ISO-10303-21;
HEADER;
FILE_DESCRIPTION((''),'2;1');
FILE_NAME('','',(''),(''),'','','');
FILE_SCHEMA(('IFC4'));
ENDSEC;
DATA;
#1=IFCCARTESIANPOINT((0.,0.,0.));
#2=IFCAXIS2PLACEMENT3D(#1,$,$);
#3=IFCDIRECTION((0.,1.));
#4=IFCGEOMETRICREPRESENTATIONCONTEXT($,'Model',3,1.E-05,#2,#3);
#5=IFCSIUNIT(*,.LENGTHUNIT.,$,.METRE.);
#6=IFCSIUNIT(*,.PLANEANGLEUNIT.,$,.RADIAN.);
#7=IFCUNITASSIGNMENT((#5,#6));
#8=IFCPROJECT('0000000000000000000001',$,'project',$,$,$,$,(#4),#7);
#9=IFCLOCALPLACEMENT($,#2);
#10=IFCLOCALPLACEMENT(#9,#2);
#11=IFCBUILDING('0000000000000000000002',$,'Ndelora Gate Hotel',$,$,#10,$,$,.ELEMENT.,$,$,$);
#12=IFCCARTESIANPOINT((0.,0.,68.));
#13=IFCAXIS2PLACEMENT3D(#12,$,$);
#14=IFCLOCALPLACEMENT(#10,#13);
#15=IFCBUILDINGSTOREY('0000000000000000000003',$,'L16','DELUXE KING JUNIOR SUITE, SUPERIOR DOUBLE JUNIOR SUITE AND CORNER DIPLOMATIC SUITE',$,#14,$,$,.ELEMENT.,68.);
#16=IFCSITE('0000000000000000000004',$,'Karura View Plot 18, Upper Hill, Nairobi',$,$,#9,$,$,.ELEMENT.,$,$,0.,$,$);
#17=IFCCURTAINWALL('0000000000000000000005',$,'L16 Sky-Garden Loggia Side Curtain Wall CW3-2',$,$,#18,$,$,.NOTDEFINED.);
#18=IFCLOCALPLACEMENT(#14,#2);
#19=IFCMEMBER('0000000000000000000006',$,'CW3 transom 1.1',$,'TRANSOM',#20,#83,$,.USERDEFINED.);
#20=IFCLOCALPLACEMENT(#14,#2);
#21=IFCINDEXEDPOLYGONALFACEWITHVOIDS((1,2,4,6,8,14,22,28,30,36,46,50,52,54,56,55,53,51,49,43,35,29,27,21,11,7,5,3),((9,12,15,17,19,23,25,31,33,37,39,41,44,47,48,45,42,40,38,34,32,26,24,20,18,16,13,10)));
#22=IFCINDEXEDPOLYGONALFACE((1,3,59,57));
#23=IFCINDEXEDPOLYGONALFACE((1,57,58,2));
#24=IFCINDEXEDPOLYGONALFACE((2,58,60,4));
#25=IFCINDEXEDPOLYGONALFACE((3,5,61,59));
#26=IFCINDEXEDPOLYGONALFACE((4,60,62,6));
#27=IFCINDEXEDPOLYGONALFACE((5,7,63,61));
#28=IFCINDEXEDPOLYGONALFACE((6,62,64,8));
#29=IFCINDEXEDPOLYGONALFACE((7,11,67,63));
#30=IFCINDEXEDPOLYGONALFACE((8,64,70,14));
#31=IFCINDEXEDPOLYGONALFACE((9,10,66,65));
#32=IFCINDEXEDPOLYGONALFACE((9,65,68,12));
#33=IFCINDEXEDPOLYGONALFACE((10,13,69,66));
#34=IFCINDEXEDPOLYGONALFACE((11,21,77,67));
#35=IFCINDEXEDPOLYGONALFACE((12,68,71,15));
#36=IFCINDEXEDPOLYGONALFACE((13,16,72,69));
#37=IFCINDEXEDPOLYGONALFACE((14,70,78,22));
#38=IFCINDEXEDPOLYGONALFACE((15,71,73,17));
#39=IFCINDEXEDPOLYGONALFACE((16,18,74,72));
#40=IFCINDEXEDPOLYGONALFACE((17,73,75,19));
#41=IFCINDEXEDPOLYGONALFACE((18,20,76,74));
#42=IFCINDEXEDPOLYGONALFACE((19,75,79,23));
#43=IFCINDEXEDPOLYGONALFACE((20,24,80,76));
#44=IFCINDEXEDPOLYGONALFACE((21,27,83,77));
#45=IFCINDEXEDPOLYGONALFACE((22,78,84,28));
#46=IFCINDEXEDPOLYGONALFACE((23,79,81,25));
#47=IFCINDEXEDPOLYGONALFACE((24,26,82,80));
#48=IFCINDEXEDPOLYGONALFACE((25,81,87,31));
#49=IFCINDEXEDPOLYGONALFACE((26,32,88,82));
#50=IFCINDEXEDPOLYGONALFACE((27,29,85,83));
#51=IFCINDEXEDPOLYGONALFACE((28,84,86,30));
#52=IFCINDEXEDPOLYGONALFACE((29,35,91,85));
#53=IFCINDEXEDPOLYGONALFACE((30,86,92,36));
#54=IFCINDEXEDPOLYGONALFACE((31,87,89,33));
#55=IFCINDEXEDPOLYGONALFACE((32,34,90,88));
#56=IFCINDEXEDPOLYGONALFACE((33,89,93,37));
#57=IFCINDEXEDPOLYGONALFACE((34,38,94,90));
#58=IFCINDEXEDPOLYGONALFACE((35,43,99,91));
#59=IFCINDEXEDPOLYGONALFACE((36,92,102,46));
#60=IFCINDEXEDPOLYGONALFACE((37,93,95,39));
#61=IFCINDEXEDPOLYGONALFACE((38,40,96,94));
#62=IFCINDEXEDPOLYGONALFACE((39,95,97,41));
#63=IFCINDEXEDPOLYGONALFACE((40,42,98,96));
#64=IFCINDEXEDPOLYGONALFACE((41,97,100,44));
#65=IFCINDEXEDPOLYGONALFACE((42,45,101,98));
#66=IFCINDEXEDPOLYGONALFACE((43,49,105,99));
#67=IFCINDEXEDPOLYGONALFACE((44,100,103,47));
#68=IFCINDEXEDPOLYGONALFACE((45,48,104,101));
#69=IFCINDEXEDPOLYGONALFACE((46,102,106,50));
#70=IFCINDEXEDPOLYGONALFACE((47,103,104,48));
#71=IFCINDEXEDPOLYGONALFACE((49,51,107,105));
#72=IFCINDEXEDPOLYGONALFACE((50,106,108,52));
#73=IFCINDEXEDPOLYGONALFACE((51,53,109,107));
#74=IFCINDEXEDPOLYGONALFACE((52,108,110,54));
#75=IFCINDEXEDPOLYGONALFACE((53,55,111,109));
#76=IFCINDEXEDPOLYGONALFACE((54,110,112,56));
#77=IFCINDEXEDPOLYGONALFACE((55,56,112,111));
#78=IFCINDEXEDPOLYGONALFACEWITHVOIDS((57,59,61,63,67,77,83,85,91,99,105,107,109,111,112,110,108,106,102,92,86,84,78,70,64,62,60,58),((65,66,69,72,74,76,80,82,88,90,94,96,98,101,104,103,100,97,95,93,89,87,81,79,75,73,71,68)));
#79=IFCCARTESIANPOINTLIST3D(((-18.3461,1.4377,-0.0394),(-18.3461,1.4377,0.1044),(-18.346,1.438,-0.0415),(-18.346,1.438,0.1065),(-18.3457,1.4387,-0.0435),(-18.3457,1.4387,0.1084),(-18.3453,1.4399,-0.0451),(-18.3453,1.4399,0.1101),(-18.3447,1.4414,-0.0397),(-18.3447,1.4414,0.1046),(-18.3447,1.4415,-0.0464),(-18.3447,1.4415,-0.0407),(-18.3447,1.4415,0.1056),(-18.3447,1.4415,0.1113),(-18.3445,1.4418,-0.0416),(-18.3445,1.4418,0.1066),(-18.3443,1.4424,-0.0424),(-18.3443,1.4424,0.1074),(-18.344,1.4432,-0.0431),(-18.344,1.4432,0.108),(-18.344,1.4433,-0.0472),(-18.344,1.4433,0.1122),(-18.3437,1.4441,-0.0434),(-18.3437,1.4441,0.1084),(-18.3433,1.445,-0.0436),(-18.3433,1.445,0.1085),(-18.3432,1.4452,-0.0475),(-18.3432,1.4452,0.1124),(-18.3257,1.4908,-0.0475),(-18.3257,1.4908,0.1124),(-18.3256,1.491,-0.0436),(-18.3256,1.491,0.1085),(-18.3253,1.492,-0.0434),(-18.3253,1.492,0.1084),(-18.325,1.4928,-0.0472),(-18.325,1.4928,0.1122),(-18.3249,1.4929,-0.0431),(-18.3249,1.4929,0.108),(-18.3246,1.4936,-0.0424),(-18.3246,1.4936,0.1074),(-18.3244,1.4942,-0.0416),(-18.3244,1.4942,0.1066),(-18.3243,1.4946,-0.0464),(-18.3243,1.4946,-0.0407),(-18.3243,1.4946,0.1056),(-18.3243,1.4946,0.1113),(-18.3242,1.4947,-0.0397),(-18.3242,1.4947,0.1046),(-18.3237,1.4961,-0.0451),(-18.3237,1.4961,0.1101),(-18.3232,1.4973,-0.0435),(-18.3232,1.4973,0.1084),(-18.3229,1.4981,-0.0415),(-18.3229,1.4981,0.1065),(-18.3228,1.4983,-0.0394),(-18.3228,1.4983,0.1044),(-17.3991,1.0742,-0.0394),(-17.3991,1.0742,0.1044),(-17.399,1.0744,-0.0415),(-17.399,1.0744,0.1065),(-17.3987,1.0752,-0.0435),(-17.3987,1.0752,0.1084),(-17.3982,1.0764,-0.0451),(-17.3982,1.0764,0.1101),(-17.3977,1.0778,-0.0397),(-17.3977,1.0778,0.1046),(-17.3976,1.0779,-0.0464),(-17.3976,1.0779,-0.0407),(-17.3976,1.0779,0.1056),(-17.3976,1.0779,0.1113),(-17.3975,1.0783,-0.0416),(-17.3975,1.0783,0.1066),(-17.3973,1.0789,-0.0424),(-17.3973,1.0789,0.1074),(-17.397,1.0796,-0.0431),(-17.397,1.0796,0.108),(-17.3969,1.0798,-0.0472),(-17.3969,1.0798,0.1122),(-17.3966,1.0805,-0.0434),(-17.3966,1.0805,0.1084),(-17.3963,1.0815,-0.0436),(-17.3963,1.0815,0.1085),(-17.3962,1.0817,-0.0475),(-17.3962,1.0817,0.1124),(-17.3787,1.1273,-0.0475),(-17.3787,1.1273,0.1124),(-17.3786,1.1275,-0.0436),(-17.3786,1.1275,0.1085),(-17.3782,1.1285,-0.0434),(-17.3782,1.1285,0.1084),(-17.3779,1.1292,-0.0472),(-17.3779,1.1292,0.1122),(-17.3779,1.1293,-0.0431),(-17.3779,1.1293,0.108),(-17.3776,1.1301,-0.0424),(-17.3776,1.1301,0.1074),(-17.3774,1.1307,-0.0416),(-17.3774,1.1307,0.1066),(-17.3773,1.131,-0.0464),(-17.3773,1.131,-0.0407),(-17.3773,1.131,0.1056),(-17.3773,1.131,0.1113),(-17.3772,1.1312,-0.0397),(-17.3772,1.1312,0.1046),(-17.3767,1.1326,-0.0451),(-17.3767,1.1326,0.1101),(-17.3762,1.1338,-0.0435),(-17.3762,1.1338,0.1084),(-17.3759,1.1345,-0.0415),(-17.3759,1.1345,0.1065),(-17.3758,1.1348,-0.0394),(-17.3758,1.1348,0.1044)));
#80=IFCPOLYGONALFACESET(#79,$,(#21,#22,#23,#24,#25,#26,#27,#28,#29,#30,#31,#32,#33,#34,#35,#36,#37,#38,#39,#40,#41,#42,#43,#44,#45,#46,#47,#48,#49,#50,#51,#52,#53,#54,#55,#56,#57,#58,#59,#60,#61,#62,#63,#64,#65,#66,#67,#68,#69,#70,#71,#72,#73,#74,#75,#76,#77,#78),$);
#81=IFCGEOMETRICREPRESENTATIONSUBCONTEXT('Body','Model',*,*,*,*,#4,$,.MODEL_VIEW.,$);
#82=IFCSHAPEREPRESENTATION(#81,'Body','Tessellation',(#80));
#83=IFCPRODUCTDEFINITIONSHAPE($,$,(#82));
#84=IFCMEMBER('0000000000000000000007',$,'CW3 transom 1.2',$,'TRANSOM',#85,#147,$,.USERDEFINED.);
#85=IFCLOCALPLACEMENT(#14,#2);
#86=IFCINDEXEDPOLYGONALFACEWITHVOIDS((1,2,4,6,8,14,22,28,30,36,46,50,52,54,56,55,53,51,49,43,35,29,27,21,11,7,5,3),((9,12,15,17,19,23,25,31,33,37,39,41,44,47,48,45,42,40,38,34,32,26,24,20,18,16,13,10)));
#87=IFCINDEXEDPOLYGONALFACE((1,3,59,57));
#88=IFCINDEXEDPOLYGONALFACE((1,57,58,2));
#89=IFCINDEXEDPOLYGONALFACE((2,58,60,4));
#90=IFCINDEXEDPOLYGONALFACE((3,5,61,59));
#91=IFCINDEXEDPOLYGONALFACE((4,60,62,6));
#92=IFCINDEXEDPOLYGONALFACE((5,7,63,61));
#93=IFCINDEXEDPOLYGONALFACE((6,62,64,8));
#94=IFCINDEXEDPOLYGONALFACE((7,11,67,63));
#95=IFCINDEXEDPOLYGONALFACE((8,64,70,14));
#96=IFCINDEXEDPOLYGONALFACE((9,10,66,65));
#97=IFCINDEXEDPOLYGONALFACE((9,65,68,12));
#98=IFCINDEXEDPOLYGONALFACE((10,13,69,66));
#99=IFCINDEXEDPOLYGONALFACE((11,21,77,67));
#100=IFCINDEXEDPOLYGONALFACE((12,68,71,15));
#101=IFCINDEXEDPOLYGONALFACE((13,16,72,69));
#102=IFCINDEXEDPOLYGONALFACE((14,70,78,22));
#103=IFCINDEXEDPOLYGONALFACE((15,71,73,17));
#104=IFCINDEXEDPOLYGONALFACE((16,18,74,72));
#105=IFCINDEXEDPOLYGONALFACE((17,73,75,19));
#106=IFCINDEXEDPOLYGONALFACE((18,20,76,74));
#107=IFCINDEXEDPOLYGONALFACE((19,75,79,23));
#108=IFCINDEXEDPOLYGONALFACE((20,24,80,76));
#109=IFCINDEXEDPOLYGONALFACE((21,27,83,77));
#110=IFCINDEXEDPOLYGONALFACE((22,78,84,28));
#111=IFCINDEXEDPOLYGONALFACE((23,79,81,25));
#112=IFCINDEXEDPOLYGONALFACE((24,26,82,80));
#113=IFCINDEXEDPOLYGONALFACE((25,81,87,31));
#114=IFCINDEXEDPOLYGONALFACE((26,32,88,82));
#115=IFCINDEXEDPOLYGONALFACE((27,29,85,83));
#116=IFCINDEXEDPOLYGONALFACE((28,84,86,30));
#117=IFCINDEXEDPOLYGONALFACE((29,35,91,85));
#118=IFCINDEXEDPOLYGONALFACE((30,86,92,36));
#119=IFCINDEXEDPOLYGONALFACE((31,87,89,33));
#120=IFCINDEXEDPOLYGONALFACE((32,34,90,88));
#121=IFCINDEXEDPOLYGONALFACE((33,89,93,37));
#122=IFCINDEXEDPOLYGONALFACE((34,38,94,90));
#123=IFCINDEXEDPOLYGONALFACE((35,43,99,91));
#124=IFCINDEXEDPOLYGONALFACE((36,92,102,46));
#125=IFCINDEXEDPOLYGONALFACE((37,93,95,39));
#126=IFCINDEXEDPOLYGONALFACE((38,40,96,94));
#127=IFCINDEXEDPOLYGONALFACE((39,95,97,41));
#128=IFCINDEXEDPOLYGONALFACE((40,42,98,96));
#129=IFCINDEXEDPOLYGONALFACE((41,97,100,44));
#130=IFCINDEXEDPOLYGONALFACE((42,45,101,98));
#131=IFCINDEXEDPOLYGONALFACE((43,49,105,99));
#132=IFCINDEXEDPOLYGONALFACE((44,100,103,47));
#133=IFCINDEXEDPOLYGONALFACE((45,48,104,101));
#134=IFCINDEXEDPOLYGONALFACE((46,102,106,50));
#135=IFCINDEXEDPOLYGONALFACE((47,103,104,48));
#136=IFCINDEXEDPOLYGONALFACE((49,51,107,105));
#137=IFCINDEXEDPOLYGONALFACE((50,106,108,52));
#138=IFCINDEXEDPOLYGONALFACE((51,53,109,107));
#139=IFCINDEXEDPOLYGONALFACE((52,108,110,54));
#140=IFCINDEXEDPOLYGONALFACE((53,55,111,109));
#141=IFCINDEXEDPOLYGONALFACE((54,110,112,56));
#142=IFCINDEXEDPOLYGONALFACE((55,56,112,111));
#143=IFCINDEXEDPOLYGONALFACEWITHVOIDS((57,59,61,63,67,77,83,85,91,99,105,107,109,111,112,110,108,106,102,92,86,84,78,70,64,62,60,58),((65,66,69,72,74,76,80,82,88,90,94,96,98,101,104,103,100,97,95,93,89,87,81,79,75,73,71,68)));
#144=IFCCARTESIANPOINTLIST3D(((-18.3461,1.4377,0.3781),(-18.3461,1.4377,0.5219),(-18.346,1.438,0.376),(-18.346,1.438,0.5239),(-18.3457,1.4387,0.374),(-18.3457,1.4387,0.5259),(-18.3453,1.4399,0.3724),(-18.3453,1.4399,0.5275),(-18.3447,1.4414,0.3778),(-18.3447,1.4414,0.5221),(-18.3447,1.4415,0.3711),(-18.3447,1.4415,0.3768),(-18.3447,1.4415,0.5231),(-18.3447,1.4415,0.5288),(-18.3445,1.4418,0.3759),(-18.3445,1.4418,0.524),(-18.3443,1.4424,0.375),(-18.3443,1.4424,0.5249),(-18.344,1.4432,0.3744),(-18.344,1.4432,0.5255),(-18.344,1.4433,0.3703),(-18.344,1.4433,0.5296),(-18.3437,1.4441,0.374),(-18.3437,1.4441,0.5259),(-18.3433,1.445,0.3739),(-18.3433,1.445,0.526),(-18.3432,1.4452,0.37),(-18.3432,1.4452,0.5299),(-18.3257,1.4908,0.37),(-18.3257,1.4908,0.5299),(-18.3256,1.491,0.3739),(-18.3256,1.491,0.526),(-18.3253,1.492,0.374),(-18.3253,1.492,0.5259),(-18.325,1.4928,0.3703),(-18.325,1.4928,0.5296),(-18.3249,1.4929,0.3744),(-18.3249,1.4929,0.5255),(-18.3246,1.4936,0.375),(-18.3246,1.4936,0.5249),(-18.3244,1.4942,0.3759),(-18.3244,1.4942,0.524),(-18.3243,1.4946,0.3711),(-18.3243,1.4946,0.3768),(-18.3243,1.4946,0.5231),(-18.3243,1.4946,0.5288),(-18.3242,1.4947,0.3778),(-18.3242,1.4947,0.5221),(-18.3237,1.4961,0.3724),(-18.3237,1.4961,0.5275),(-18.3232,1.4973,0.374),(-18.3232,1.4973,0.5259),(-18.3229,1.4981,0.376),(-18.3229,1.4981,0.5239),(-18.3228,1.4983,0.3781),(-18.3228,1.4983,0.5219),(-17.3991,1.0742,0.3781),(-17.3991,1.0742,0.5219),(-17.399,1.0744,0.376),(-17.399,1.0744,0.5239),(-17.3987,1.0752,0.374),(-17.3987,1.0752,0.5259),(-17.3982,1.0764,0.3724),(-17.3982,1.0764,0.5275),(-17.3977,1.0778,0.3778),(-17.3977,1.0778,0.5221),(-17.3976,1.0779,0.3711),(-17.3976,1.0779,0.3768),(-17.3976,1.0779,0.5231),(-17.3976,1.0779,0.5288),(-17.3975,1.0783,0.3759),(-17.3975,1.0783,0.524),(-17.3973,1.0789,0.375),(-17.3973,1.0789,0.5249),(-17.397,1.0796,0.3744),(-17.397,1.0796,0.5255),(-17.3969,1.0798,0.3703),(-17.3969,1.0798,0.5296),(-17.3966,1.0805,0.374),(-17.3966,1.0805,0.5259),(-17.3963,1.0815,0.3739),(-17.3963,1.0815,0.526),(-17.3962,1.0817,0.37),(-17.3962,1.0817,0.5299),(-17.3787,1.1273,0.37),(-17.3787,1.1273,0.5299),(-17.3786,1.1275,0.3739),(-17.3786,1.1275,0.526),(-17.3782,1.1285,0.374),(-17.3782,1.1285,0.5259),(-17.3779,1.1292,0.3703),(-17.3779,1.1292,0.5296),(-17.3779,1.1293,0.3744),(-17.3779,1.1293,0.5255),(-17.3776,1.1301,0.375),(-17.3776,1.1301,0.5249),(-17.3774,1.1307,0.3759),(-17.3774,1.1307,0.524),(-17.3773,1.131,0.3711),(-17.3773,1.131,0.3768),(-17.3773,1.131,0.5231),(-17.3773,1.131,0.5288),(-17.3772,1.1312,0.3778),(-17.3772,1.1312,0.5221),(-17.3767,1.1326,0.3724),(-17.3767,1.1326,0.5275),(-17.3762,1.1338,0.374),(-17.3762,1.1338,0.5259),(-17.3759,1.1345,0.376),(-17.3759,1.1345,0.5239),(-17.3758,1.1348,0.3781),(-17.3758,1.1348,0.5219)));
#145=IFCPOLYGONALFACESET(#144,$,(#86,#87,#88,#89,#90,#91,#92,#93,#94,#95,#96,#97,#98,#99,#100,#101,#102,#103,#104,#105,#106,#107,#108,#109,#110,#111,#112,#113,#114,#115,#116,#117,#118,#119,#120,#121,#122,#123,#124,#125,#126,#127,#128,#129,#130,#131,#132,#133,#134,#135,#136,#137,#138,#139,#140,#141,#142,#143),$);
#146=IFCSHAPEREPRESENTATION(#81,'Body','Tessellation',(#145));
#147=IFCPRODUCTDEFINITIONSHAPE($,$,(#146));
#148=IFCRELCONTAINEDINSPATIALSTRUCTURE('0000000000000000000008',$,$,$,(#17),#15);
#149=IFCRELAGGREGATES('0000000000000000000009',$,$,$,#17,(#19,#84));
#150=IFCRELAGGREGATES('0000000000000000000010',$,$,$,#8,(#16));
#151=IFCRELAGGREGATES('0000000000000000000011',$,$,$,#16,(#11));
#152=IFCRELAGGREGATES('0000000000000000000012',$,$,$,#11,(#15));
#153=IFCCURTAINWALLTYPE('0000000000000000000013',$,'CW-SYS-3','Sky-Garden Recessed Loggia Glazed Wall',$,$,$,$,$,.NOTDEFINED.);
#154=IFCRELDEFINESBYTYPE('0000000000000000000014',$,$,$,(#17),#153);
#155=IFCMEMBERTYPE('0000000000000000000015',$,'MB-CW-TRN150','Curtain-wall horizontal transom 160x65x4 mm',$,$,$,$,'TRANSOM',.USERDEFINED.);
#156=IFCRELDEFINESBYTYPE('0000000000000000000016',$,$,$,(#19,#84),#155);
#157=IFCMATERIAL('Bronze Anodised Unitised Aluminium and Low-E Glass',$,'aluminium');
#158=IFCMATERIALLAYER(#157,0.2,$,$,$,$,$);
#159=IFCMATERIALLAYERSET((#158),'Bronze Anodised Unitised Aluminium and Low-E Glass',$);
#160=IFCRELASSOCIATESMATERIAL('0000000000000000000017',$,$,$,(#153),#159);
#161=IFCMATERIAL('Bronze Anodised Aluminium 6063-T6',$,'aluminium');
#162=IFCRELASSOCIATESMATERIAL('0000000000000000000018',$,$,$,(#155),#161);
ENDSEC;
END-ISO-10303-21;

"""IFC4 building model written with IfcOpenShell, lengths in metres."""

from ifc_helpers import new_model, si_unit, direction, frame, origin, origin_2d, place, context, subcontext, project, spatial, hollow_rectangle, extrude, material, layer, layer_set, material_profile, profile_set, type_object, element, aggregate, save


model = new_model("IFC4")

# Units and contexts
model_context = context("Model", 3, precision=1e-05, world=origin(), true_north=direction((0.0, 1.0)))
body_context = subcontext(model_context, "Body", "Model", "MODEL_VIEW")
ifc_project = project(units=[si_unit("LENGTHUNIT", "METRE"), si_unit("PLANEANGLEUNIT", "RADIAN")], contexts=[model_context])

# Site, building, storey
site_placement = place(None, origin())
site = spatial("IfcSite", under=ifc_project, at=site_placement, Name="Karura View Plot 18, Upper Hill, Nairobi", CompositionType="ELEMENT", RefElevation=0.0)
building_placement = place(site_placement, origin())
building = spatial("IfcBuilding", under=site, at=building_placement, Name="Ndelora Gate Hotel", CompositionType="ELEMENT")
storey_placement = place(building_placement, frame((0.0, 0.0, 68.0)))
storey = spatial("IfcBuildingStorey", under=building, at=storey_placement, Name="L16", Description="DELUXE KING JUNIOR SUITE, SUPERIOR DOUBLE JUNIOR SUITE AND CORNER DIPLOMATIC SUITE", CompositionType="ELEMENT", Elevation=68.0)

# Curtain wall, members
ifc_material_1 = material(Name="Bronze Anodised Unitised Aluminium and Low-E Glass", Category="aluminium")
ifc_layer_1 = layer(ifc_material_1, 0.2)
ifc_layer_set_1 = layer_set([ifc_layer_1], Name="Bronze Anodised Unitised Aluminium and Low-E Glass")
curtain_wall_type = type_object("IfcCurtainWallType", Name="CW-SYS-3", Description="Sky-Garden Recessed Loggia Glazed Wall", PredefinedType="NOTDEFINED", material=ifc_layer_set_1)
curtain_wall_placement = place(storey_placement, origin())
curtain_wall = element("IfcCurtainWall", 1, at=curtain_wall_placement, inside=storey, type_object=curtain_wall_type, Name="L16 Sky-Garden Loggia Side Curtain Wall CW3-2", PredefinedType="NOTDEFINED")
ifc_material_2 = material(Name="Bronze Anodised Aluminium 6063-T6", Category="aluminium")
ifc_material_profile_1 = material_profile(ifc_material_2, hollow_rectangle(XDim=0.0649, YDim=0.1599, WallThickness=0.0039, InnerFilletRadius=0.0039, OuterFilletRadius=0.0081, at=origin_2d()), Name="ALU 160x65x4")
ifc_profile_set_1 = profile_set([ifc_material_profile_1], Name="Bronze Anodised Aluminium 6063-T6")
member_type_1 = type_object("IfcMemberType", Name="MB-CW-TRN150", Description="Curtain-wall horizontal transom 160x65x4 mm", ElementType="TRANSOM", PredefinedType="USERDEFINED", material=ifc_profile_set_1)
member_1_placement = place(storey_placement, frame((-18.3345, 1.468, 0.0325), z_axis=(0.933581, -0.358366, 0.0), x_axis=(0.358366, 0.933581, 0.0)))
member_1 = element("IfcMember", 2, at=member_1_placement, type_object=member_type_1, Name="CW3 transom 1.1", ObjectType="TRANSOM", PredefinedType="USERDEFINED", context=body_context, shape_type="SweptSolid", body=[
    extrude(hollow_rectangle(XDim=0.0649, YDim=0.1599, WallThickness=0.0039, InnerFilletRadius=0.0039, OuterFilletRadius=0.0081, at=origin_2d()), origin(), (0.0, 0.0, 1.0), 1.0144),
])
member_2_placement = place(storey_placement, frame((-18.3345, 1.468, 0.45), z_axis=(0.933581, -0.358366, 0.0), x_axis=(0.358366, 0.933581, 0.0)))
member_2 = element("IfcMember", 3, at=member_2_placement, type_object=member_type_1, Name="CW3 transom 1.2", ObjectType="TRANSOM", PredefinedType="USERDEFINED", context=body_context, shape_type="SweptSolid", body=[
    extrude(hollow_rectangle(XDim=0.0649, YDim=0.1599, WallThickness=0.0039, InnerFilletRadius=0.0039, OuterFilletRadius=0.0081, at=origin_2d()), origin(), (0.0, 0.0, 1.0), 1.0144),
])
aggregate(curtain_wall, [member_1, member_2])

save(model, "model.ifc")
